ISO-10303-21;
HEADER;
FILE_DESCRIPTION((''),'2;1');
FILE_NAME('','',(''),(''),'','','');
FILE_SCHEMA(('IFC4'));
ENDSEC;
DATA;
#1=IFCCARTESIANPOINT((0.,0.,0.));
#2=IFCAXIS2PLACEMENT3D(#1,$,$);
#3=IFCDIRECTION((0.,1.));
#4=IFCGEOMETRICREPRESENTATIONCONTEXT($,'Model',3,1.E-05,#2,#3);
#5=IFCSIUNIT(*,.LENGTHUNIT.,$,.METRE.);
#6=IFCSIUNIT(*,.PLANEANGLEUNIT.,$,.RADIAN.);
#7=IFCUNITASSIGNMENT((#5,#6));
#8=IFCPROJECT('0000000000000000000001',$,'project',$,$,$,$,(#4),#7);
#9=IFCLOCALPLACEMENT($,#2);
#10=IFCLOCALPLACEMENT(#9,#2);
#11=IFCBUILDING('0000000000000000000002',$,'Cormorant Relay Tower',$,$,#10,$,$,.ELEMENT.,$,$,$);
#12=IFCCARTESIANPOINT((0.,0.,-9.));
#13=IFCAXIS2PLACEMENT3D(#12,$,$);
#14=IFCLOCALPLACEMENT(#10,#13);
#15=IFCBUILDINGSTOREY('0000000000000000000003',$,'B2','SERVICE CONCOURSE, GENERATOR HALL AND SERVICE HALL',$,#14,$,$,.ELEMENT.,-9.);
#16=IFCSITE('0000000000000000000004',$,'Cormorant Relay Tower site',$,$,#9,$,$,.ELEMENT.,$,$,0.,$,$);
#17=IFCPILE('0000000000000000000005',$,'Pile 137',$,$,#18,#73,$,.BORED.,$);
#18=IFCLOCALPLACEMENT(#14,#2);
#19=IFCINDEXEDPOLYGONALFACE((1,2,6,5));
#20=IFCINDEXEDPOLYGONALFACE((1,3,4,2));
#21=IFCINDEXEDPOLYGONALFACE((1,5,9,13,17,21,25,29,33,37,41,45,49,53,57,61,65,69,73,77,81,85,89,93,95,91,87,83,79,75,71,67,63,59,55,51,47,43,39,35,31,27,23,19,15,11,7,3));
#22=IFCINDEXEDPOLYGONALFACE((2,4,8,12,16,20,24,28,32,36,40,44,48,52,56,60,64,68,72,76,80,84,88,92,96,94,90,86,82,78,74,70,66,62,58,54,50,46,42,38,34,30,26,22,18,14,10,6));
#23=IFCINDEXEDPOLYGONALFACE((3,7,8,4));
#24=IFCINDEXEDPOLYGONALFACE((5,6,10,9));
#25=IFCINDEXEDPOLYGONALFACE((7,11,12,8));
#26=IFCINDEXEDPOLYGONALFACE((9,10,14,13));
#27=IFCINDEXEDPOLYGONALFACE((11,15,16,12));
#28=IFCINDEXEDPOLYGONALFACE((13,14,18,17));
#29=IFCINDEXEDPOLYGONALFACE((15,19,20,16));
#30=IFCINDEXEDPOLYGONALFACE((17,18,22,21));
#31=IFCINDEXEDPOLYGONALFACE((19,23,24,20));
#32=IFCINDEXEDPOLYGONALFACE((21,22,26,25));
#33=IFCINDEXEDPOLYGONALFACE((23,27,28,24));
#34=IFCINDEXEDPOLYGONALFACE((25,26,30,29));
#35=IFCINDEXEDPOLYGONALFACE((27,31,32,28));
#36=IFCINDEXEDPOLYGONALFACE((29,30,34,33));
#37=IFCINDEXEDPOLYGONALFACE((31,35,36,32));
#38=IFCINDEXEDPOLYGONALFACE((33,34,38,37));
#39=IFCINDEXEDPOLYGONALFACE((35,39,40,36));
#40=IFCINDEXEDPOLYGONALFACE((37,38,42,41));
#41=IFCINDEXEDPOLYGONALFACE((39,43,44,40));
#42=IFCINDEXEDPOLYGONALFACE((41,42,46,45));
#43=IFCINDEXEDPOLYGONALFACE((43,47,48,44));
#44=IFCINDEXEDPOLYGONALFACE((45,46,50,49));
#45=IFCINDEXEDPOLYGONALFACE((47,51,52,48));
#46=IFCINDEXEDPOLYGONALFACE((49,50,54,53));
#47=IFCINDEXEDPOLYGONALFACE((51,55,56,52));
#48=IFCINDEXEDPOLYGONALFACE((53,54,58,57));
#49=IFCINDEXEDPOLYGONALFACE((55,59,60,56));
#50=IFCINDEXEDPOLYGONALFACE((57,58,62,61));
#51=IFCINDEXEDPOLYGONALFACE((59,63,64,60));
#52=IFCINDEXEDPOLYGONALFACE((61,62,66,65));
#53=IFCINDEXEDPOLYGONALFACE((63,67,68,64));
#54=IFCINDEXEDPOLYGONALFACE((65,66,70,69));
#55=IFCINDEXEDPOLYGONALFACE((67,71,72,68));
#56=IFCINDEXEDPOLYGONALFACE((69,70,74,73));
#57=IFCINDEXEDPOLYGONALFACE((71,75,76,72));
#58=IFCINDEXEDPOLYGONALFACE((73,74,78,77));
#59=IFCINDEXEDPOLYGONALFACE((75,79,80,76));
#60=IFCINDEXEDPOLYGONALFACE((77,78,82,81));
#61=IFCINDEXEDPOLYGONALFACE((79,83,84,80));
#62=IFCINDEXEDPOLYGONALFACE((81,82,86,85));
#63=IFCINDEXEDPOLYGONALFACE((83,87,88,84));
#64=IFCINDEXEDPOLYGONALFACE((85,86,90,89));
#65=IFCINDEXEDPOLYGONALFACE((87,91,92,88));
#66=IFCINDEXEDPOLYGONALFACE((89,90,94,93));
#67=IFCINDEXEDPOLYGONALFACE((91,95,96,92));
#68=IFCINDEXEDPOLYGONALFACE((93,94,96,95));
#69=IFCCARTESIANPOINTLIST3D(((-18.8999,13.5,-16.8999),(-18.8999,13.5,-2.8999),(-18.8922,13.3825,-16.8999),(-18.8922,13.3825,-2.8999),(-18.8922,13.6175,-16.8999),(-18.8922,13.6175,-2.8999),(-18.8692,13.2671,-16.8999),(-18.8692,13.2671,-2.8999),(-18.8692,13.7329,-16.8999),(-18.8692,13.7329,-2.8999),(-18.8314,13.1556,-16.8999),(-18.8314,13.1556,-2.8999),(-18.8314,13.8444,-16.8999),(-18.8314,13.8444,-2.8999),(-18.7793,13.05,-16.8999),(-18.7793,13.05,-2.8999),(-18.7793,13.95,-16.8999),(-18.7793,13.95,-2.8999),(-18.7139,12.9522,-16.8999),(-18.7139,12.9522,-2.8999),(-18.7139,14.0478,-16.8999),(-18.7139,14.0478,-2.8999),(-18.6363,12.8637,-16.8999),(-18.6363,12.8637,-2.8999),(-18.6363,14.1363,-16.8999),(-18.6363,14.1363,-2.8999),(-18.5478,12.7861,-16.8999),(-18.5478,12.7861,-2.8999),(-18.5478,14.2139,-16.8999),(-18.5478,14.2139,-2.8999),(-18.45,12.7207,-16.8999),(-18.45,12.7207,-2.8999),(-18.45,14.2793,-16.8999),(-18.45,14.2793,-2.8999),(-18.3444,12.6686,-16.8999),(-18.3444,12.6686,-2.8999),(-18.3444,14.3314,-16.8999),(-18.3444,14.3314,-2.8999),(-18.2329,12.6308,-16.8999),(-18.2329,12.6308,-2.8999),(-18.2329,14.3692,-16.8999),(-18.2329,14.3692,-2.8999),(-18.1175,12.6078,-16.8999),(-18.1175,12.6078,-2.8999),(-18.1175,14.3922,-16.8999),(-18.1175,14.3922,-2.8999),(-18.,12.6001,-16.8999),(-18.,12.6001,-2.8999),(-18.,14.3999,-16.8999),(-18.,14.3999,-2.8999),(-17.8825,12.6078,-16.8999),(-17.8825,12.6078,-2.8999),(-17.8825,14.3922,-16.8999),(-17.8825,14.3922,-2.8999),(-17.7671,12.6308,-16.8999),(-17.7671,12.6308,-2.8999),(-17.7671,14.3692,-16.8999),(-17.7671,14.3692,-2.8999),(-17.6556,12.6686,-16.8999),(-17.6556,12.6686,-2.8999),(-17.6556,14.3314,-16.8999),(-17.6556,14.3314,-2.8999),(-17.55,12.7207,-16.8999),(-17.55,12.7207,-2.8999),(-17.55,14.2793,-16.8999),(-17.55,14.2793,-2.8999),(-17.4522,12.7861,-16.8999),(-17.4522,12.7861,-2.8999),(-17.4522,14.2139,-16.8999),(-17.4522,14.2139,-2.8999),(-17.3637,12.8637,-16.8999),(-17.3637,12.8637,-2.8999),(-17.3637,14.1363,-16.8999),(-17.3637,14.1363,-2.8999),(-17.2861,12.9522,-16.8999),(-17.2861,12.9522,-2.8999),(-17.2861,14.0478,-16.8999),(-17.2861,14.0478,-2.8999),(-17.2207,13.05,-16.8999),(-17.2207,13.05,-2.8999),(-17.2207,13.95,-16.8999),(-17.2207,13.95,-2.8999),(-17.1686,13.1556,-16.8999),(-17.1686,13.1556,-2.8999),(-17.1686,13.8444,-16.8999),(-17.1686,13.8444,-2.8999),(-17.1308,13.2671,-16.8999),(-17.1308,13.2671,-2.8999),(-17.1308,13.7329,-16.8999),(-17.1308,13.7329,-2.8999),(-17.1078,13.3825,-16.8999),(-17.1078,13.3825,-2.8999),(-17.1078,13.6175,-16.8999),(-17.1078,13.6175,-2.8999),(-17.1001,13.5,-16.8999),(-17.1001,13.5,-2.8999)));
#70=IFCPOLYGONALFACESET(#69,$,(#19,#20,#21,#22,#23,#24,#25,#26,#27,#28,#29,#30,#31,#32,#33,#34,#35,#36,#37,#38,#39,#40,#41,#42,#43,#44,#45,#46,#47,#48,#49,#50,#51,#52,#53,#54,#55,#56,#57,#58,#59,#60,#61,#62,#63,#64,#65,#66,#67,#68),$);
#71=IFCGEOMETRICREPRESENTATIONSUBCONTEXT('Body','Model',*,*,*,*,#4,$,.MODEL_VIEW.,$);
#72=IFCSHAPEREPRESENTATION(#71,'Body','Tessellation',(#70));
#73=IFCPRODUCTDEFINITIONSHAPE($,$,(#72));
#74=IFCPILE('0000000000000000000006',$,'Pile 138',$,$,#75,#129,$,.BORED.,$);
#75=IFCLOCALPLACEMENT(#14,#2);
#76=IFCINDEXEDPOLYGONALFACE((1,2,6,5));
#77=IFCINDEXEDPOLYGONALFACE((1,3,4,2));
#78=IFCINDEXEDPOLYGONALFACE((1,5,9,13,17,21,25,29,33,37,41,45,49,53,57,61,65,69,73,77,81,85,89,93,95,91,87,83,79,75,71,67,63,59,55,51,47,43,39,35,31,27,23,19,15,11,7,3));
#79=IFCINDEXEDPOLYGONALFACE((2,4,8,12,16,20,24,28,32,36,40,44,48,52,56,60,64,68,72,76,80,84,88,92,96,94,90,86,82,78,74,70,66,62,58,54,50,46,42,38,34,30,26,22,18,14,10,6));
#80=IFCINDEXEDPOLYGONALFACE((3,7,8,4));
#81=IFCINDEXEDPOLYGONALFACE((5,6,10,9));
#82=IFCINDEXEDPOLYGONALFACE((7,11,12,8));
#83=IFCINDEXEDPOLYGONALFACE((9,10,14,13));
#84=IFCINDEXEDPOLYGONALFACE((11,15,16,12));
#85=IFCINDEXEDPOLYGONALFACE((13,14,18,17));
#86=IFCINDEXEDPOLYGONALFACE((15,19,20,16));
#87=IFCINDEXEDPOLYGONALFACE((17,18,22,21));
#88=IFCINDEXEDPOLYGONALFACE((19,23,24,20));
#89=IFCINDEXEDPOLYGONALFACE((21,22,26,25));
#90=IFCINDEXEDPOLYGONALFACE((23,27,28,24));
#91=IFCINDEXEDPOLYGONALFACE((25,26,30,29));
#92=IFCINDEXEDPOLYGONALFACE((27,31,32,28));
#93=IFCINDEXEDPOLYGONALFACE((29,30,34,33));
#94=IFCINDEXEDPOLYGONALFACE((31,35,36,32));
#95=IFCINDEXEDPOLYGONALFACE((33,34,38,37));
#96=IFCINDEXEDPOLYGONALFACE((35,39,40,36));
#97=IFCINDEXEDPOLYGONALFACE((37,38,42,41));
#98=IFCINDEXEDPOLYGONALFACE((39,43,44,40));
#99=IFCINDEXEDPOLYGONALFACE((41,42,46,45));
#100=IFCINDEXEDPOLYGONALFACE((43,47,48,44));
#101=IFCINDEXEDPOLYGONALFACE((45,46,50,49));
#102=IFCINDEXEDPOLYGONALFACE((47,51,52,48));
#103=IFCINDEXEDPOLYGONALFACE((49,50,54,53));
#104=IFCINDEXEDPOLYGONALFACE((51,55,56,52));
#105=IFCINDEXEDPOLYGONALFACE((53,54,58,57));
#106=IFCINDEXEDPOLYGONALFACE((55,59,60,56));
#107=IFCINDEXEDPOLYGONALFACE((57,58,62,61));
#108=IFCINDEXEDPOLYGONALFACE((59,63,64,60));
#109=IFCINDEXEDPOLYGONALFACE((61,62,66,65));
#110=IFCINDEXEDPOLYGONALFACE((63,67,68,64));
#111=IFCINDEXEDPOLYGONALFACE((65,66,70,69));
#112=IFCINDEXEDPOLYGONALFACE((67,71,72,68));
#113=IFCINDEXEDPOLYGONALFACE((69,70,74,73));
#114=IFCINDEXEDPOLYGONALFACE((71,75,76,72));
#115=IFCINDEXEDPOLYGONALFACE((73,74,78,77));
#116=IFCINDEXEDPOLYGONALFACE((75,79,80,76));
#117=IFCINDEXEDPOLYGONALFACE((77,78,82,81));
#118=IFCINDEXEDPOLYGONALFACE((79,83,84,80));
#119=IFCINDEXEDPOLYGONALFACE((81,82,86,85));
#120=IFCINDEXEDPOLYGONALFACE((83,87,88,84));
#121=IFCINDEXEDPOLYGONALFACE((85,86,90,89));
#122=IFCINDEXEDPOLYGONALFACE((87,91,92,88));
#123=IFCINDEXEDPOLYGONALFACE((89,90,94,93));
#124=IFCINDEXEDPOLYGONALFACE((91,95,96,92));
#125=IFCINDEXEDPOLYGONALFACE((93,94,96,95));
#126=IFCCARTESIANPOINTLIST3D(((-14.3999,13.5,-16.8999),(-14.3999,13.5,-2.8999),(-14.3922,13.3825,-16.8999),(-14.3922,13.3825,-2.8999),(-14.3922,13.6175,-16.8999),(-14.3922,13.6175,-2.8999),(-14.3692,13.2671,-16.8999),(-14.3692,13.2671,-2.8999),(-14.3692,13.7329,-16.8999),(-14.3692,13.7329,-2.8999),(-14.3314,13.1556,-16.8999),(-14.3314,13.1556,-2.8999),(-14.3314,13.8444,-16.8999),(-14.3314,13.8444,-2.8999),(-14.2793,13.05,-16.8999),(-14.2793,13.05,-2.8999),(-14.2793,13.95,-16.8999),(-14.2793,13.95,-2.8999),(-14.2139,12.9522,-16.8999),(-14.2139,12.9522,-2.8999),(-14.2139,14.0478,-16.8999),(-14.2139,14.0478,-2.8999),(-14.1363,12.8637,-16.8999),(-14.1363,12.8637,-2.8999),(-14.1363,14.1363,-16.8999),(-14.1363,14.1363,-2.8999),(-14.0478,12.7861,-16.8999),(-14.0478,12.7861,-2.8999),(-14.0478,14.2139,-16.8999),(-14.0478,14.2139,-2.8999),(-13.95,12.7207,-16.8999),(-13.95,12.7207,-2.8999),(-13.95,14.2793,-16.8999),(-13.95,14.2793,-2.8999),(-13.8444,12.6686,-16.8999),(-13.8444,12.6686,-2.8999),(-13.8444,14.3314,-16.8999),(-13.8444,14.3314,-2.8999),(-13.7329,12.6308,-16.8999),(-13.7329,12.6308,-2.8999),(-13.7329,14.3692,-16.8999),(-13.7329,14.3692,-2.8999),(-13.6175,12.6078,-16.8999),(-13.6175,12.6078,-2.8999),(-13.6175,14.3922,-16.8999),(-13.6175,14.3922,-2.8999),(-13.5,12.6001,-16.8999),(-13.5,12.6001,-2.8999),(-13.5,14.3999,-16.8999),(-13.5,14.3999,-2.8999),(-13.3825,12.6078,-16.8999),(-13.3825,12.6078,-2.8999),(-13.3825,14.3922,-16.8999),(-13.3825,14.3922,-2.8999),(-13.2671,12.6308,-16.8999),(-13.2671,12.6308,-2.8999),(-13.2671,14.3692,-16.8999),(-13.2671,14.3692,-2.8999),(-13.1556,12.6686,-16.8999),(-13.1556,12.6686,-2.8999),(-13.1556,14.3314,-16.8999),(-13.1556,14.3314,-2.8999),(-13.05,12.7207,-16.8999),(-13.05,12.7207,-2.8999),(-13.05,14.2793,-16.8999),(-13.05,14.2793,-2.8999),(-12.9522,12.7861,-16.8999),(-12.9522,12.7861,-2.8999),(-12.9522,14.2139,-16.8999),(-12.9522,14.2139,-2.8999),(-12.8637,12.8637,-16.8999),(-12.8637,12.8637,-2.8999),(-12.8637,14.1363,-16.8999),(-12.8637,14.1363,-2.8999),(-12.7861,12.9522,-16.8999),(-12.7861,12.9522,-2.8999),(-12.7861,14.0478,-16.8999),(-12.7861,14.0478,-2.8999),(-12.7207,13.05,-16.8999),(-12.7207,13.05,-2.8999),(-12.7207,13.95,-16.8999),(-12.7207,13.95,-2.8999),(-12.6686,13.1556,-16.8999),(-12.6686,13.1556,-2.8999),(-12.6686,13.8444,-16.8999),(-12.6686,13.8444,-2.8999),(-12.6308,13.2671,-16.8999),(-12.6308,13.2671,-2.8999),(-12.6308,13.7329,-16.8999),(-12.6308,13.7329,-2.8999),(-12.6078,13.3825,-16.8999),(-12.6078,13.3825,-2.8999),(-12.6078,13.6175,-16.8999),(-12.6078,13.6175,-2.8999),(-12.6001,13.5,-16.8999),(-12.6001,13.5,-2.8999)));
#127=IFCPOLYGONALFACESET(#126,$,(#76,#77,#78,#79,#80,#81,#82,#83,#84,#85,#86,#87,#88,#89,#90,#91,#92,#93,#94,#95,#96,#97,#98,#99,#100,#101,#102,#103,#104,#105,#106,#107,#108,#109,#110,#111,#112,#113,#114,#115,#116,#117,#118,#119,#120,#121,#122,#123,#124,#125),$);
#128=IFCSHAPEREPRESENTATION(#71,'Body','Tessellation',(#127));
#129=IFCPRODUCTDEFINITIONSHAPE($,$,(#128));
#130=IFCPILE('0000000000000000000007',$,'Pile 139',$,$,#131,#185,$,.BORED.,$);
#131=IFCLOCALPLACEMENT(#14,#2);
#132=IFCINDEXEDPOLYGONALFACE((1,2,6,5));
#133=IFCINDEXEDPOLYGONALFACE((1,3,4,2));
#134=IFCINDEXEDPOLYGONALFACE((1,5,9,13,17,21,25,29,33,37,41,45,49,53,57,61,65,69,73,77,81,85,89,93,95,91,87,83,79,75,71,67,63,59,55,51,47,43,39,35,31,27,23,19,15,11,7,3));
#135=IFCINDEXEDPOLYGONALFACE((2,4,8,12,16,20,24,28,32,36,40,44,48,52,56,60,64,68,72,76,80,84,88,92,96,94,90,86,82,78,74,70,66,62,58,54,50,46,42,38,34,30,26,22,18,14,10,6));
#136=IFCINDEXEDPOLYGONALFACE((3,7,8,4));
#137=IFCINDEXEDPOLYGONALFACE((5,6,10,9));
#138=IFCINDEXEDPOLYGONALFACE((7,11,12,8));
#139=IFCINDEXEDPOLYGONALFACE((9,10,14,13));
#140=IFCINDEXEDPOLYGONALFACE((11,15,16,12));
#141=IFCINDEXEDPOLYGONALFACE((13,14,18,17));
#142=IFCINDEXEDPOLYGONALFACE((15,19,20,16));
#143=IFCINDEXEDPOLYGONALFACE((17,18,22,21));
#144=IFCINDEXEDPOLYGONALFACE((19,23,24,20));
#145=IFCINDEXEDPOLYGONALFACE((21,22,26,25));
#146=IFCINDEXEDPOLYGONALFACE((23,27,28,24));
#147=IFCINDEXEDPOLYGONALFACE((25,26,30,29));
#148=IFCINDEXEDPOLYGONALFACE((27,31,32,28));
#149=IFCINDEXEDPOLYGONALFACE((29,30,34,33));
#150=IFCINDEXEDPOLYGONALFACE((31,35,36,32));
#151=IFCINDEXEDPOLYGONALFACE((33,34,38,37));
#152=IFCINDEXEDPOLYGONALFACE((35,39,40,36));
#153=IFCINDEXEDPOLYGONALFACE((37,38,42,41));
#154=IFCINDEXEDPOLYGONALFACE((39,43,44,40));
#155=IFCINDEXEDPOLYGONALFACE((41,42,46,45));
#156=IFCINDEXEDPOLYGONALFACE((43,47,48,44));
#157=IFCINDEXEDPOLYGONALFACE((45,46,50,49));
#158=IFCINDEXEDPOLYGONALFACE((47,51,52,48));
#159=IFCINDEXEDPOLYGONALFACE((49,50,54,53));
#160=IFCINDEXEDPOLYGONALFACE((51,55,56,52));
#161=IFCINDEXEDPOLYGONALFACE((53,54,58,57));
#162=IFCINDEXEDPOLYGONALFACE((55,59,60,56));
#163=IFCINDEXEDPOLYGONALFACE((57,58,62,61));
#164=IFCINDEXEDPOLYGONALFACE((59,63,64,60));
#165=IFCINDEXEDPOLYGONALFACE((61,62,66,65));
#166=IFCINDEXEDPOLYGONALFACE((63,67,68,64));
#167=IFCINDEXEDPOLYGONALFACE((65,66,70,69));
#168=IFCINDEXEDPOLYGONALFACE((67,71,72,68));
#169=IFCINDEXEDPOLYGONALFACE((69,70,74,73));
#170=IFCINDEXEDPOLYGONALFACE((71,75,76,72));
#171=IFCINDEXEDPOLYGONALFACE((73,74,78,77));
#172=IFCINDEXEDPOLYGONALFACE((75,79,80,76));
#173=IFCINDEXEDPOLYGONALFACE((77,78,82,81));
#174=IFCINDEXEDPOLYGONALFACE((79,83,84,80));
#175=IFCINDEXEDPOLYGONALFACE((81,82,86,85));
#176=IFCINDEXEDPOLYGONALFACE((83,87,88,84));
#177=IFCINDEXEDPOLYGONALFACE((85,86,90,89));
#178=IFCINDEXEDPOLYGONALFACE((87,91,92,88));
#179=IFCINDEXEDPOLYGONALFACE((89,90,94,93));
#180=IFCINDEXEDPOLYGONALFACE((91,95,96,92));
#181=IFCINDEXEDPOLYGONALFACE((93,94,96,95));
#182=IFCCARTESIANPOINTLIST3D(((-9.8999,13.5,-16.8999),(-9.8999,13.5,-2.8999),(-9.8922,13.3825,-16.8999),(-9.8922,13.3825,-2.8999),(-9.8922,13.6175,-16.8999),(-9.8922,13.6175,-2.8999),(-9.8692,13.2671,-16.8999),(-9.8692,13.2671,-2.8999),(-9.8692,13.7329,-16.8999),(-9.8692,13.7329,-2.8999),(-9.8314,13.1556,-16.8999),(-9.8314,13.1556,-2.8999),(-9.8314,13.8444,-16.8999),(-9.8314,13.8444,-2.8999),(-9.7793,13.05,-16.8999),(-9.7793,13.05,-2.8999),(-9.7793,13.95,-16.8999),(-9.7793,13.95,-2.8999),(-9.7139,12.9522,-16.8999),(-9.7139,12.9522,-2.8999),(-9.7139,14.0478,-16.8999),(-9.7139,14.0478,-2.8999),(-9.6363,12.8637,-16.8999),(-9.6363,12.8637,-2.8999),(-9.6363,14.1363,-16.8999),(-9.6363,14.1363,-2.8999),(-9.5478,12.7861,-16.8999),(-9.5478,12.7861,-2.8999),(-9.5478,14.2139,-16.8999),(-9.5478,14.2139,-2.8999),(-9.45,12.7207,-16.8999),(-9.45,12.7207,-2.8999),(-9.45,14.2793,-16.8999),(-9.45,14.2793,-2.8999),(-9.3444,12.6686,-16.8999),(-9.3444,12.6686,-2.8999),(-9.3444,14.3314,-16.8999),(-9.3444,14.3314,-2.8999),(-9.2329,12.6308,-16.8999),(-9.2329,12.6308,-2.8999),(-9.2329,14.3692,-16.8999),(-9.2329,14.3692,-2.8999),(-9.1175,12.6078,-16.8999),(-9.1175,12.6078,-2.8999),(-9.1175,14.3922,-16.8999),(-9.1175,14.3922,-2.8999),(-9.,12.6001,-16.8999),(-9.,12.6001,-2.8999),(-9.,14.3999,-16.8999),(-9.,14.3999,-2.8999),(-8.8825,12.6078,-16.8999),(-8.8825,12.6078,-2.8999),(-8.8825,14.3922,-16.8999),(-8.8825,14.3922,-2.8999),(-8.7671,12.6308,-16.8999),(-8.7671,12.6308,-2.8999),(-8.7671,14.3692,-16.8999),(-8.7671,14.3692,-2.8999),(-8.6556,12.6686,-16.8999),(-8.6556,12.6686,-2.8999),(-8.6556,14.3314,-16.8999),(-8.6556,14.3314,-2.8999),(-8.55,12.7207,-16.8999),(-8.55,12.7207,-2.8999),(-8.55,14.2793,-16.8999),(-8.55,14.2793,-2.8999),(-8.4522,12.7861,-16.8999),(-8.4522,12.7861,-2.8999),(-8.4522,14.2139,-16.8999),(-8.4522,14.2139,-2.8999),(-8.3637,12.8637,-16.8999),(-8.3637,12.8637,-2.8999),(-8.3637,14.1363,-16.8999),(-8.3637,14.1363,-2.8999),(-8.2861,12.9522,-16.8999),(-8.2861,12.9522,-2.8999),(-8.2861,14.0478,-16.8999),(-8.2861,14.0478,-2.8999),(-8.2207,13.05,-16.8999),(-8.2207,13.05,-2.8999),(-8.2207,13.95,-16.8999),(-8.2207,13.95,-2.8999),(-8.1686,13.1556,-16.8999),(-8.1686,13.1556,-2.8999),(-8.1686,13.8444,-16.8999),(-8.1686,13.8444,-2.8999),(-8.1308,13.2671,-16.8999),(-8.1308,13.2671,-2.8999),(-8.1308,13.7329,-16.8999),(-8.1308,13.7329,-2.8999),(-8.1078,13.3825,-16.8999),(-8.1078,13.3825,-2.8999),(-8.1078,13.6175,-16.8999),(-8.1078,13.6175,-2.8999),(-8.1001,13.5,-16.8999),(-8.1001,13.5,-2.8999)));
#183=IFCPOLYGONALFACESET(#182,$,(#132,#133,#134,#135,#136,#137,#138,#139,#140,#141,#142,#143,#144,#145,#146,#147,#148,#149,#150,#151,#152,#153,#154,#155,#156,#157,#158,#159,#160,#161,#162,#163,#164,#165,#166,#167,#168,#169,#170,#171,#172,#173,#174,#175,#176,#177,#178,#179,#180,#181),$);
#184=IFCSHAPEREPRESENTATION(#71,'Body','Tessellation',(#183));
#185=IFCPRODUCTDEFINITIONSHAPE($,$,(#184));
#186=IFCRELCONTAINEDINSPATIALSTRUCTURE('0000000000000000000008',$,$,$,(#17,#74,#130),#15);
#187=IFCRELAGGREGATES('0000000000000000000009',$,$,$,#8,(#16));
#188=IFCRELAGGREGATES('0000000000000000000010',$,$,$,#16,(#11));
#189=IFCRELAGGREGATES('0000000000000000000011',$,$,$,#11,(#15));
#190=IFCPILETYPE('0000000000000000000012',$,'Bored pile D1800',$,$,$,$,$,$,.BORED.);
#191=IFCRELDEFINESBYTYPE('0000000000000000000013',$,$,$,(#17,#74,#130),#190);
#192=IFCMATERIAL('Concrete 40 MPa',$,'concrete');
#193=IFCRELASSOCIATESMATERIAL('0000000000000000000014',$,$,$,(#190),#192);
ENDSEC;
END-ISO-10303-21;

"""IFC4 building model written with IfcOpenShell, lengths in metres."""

from ifc_helpers import new_model, si_unit, direction, frame, origin, origin_2d, place, context, subcontext, project, spatial, circle, extrude, material, material_profile, profile_set, type_object, element, save


model = new_model("IFC4")

# Units and contexts
model_context = context("Model", 3, precision=1e-05, world=origin(), true_north=direction((0.0, 1.0)))
body_context = subcontext(model_context, "Body", "Model", "MODEL_VIEW")
ifc_project = project(units=[si_unit("LENGTHUNIT", "METRE"), si_unit("PLANEANGLEUNIT", "RADIAN")], contexts=[model_context])

# Site, building, storey
site_placement = place(None, origin())
site = spatial("IfcSite", under=ifc_project, at=site_placement, Name="Cormorant Relay Tower site", CompositionType="ELEMENT", RefElevation=0.0)
building_placement = place(site_placement, origin())
building = spatial("IfcBuilding", under=site, at=building_placement, Name="Cormorant Relay Tower", CompositionType="ELEMENT")
storey_placement = place(building_placement, frame((0.0, 0.0, -9.0)))
storey = spatial("IfcBuildingStorey", under=building, at=storey_placement, Name="B2", Description="SERVICE CONCOURSE, GENERATOR HALL AND SERVICE HALL", CompositionType="ELEMENT", Elevation=-9.0)

# Piles
ifc_material_1 = material(Name="Concrete 40 MPa", Category="concrete")
ifc_material_profile_1 = material_profile(ifc_material_1, circle(Radius=0.8999, at=origin_2d()), Name="BP1800")
ifc_profile_set_1 = profile_set([ifc_material_profile_1], Name="Concrete 40 MPa")
pile_type = type_object("IfcPileType", Name="Bored pile D1800", PredefinedType="BORED", material=ifc_profile_set_1)
for number, where, z_axis, x_axis, name in (
    (1, (-18.0, 13.5, -2.8999), (0.0, 0.0, -1.0), (1.0, 0.0, 0.0), "Pile 137"),
    (2, (-13.5, 13.5, -2.8999), (0.0, 0.0, -1.0), (1.0, 0.0, 0.0), "Pile 138"),
    (3, (-9.0, 13.5, -2.8999), (0.0, 0.0, -1.0), (1.0, 0.0, 0.0), "Pile 139"),
):
    element("IfcPile", number, at=place(storey_placement, frame(where, z_axis=z_axis, x_axis=x_axis)), inside=storey, type_object=pile_type, Name=name, PredefinedType="BORED", context=body_context, shape_type="SweptSolid", body=[
        extrude(circle(Radius=0.8999, at=origin_2d()), origin(), (0.0, 0.0, 1.0), 14.0),
    ])

save(model, "model.ifc")
